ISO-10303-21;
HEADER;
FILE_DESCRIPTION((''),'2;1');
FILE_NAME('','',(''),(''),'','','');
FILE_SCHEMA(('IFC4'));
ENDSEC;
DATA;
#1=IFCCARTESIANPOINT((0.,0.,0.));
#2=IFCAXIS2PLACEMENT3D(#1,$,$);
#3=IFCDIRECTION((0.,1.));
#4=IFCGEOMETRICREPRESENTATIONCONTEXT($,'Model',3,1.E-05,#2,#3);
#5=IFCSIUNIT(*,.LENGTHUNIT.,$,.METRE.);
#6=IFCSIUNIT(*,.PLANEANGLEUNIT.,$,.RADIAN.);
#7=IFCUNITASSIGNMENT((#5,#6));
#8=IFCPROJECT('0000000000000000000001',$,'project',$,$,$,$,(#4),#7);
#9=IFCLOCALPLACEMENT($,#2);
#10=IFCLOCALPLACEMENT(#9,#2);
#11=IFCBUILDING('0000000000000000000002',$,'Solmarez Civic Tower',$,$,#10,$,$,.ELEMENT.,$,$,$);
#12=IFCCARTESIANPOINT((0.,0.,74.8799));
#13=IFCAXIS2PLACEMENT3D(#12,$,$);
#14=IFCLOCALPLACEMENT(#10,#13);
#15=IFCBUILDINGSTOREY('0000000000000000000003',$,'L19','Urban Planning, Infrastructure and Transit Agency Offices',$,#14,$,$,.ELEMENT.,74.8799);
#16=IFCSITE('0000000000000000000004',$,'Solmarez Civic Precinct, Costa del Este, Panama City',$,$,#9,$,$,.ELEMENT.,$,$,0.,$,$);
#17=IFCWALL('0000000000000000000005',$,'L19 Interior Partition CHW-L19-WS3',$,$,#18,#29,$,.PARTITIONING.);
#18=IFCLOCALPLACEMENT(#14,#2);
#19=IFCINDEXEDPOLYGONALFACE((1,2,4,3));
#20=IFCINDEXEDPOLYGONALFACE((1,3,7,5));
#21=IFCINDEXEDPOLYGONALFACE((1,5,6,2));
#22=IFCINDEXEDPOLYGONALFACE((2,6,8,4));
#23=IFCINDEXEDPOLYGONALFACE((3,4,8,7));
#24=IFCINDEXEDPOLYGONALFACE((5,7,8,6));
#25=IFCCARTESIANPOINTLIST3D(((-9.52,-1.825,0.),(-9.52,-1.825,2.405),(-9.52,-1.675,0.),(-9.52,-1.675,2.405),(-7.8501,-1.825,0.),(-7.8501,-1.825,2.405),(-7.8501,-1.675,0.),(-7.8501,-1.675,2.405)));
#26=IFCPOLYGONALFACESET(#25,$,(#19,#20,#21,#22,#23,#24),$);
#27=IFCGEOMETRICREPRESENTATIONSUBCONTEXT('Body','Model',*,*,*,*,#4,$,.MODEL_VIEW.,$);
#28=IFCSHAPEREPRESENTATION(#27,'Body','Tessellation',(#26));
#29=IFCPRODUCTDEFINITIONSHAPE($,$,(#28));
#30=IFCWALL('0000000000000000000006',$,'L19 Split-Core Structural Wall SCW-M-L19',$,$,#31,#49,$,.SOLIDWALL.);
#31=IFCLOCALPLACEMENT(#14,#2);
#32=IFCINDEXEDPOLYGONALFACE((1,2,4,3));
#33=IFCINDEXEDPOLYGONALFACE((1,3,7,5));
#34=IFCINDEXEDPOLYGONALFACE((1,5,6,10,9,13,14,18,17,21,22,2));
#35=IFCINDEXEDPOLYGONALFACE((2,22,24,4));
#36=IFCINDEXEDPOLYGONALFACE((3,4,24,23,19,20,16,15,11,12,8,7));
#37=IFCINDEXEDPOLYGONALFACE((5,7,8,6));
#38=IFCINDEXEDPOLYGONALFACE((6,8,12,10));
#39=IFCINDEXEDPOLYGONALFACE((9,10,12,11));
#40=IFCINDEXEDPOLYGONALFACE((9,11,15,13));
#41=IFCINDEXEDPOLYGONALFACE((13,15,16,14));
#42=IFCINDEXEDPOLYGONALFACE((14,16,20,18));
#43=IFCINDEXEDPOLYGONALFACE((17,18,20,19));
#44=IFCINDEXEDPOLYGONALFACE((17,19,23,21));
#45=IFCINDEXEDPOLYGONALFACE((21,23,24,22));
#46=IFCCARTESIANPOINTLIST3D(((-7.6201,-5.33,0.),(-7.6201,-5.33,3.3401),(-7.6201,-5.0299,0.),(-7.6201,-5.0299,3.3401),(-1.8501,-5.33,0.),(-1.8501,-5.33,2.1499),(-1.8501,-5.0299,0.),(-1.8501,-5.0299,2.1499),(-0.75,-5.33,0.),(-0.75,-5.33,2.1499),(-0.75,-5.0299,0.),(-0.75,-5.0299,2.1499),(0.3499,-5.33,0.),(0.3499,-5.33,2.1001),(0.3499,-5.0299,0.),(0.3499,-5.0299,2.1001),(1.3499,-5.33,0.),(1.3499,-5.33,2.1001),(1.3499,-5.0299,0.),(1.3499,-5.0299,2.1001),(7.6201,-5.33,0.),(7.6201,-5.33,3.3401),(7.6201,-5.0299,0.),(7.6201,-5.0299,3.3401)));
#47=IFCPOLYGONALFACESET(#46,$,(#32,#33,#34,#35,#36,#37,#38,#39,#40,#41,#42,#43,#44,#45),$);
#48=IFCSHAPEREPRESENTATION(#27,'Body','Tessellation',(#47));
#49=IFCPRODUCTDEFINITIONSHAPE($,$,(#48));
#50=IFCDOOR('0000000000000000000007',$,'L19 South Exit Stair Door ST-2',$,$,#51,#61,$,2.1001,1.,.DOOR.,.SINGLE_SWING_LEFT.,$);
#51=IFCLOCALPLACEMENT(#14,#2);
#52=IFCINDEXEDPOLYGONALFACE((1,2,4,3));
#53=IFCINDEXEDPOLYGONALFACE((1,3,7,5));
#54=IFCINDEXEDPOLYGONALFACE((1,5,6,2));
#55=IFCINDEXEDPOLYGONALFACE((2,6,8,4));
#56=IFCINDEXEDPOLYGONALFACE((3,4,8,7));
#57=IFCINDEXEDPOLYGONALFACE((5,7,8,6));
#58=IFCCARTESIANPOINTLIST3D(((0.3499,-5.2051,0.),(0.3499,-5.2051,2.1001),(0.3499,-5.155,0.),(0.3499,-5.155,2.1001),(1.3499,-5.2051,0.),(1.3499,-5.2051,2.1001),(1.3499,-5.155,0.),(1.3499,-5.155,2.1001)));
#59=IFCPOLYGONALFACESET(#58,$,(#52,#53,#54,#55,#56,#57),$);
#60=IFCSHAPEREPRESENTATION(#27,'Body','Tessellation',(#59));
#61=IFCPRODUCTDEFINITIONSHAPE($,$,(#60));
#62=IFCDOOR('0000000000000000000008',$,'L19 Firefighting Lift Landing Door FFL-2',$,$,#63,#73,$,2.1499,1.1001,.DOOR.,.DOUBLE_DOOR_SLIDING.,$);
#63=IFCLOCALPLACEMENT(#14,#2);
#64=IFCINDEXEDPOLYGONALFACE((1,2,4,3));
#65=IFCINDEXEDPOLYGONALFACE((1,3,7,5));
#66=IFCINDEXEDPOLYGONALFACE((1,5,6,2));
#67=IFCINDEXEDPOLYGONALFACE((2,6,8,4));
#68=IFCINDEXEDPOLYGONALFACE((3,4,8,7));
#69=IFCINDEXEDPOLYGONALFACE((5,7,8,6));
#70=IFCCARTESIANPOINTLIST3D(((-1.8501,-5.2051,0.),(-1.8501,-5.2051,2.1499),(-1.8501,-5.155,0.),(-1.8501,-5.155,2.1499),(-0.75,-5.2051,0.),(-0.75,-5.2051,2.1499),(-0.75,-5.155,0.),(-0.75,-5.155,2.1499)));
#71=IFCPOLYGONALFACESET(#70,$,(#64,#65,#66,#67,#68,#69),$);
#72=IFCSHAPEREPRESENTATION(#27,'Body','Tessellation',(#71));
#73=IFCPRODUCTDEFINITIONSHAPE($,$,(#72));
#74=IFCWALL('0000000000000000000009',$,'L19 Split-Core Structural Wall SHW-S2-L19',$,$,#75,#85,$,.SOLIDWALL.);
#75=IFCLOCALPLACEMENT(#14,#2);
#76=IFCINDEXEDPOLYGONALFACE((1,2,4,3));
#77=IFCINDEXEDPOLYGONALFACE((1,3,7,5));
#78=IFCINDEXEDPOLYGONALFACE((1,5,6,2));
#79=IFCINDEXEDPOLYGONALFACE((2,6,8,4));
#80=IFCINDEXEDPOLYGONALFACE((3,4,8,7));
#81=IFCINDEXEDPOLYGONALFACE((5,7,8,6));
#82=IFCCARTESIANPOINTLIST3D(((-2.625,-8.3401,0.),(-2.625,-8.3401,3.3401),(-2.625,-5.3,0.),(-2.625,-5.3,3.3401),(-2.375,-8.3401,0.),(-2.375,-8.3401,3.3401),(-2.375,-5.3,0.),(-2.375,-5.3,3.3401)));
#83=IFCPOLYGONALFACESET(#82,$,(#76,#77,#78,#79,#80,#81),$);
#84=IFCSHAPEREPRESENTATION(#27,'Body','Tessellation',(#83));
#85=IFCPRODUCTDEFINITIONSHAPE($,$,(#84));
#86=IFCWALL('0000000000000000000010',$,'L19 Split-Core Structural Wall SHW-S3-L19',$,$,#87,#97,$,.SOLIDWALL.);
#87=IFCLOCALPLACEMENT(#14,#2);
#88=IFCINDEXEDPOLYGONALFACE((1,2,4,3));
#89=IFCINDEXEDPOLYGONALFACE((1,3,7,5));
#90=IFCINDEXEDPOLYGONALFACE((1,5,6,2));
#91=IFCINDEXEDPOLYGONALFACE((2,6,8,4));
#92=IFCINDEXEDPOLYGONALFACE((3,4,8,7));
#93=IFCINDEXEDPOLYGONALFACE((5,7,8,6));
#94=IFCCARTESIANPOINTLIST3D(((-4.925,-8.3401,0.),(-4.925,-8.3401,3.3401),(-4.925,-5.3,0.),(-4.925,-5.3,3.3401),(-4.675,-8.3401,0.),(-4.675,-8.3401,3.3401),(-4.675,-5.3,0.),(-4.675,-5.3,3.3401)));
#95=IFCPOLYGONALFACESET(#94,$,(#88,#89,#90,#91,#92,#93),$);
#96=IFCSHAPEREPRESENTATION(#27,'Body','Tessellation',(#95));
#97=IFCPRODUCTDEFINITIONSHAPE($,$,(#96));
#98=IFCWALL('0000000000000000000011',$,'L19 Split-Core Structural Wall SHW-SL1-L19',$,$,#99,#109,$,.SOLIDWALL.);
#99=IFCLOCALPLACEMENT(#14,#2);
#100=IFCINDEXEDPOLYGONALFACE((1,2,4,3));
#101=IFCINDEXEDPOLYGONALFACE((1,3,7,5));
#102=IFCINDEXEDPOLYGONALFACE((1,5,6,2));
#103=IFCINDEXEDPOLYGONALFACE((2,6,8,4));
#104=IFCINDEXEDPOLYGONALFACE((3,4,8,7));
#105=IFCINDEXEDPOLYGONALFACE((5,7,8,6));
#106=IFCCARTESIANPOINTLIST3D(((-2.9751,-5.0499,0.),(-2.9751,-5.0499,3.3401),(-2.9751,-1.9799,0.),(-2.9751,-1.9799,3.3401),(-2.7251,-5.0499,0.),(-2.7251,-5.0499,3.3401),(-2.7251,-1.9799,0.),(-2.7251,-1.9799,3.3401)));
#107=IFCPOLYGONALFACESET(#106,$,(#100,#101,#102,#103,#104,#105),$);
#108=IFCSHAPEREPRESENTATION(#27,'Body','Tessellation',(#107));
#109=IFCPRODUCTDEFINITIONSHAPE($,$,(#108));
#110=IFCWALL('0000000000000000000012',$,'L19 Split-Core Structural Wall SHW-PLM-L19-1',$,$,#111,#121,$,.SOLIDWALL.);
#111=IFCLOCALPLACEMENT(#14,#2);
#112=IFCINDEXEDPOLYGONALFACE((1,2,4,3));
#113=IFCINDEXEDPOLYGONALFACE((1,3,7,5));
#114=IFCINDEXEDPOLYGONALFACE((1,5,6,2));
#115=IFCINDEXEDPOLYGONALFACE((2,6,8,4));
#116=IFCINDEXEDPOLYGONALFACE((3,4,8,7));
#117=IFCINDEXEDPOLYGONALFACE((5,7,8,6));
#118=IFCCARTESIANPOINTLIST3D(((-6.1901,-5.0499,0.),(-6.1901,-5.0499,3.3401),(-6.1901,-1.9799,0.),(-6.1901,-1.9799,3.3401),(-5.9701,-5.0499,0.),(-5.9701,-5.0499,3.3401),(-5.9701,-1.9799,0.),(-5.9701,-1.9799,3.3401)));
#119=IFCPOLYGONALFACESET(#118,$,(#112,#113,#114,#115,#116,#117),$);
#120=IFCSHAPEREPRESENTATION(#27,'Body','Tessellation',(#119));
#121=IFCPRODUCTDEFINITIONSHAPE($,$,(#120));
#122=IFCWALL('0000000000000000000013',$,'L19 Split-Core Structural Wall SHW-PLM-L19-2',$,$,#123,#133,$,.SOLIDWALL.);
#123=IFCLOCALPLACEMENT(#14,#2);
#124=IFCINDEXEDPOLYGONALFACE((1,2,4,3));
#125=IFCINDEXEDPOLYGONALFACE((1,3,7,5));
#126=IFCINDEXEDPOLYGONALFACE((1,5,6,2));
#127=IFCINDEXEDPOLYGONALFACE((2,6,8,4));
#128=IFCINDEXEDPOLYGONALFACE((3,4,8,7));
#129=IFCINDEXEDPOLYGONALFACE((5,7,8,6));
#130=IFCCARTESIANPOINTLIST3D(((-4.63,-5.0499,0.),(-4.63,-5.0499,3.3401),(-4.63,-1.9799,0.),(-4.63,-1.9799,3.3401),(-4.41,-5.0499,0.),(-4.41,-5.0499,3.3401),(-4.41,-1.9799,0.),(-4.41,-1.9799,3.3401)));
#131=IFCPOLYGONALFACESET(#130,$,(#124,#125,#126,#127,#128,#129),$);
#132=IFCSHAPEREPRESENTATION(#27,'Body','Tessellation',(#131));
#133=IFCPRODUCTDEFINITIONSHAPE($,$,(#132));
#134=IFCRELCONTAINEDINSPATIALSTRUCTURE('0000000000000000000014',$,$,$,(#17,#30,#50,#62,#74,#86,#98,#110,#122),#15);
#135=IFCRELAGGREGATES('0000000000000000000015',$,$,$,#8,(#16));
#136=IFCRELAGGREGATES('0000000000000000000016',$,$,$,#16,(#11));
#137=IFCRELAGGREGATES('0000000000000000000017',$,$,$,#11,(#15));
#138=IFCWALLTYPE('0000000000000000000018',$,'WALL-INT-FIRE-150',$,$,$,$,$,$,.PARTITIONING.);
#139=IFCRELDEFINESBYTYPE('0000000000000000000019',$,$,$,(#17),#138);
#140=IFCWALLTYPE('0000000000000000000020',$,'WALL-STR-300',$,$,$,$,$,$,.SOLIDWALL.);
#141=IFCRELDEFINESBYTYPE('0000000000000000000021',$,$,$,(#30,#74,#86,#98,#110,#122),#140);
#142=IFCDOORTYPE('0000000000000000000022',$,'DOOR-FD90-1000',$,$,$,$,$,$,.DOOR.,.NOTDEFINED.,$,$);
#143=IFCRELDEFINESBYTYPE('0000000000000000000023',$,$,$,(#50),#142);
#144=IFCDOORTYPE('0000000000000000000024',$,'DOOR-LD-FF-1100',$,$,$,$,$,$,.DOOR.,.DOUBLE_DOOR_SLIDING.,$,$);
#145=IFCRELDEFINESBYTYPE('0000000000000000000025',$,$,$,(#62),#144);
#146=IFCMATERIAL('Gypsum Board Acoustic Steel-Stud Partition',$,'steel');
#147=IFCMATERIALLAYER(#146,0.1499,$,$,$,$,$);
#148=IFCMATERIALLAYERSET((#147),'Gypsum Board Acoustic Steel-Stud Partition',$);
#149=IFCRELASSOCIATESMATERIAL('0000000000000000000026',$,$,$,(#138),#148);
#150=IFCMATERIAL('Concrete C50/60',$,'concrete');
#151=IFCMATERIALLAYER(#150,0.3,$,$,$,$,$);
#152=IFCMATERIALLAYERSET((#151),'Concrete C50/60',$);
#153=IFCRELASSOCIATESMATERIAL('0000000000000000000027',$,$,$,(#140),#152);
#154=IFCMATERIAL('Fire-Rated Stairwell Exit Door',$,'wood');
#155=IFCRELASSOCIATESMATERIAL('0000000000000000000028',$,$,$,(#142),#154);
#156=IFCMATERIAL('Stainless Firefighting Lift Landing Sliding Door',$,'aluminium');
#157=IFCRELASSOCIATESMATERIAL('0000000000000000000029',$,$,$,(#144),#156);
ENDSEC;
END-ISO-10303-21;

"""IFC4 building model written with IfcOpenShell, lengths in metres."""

from ifc_helpers import new_model, si_unit, direction, frame, frame_2d, origin, place, context, subcontext, project, spatial, rectangle, extrude, material, layer, layer_set, type_object, element, fill, save


model = new_model("IFC4")

# Units and contexts
model_context = context("Model", 3, precision=1e-05, world=origin(), true_north=direction((0.0, 1.0)))
body_context = subcontext(model_context, "Body", "Model", "MODEL_VIEW")
ifc_project = project(units=[si_unit("LENGTHUNIT", "METRE"), si_unit("PLANEANGLEUNIT", "RADIAN")], contexts=[model_context])

# Site, building, storey
site_placement = place(None, origin())
site = spatial("IfcSite", under=ifc_project, at=site_placement, Name="Solmarez Civic Precinct, Costa del Este, Panama City", CompositionType="ELEMENT", RefElevation=0.0)
building_placement = place(site_placement, origin())
building = spatial("IfcBuilding", under=site, at=building_placement, Name="Solmarez Civic Tower", CompositionType="ELEMENT")
storey_placement = place(building_placement, frame((0.0, 0.0, 74.8799)))
storey = spatial("IfcBuildingStorey", under=building, at=storey_placement, Name="L19", Description="Urban Planning, Infrastructure and Transit Agency Offices", CompositionType="ELEMENT", Elevation=74.8799)

# Wall
ifc_material_1 = material(Name="Gypsum Board Acoustic Steel-Stud Partition", Category="steel")
ifc_layer_1 = layer(ifc_material_1, 0.1499)
ifc_layer_set_1 = layer_set([ifc_layer_1], Name="Gypsum Board Acoustic Steel-Stud Partition")
wall_type_1 = type_object("IfcWallType", Name="WALL-INT-FIRE-150", PredefinedType="PARTITIONING", material=ifc_layer_set_1)
wall_1_placement = place(storey_placement, frame((-7.8501, -1.75, 0.0), z_axis=(0.0, 0.0, 1.0), x_axis=(-1.0, 0.0, 0.0)))
element("IfcWall", 1, at=wall_1_placement, inside=storey, type_object=wall_type_1, Name="L19 Interior Partition CHW-L19-WS3", PredefinedType="PARTITIONING", context=body_context, shape_type="SweptSolid", body=[
    extrude(rectangle(XDim=1.6699, YDim=0.1499, at=frame_2d((0.835, 0.0))), origin(), (0.0, 0.0, 1.0), 2.405),
])

# Wall, openings, doors
ifc_material_2 = material(Name="Concrete C50/60", Category="concrete")
ifc_layer_2 = layer(ifc_material_2, 0.3)
ifc_layer_set_2 = layer_set([ifc_layer_2], Name="Concrete C50/60")
wall_type_2 = type_object("IfcWallType", Name="WALL-STR-300", PredefinedType="SOLIDWALL", material=ifc_layer_set_2)
wall_2_placement = place(storey_placement, frame((-7.6201, -5.1799, 0.0), z_axis=(0.0, 0.0, 1.0), x_axis=(1.0, 0.0, 0.0)))
wall_2 = element("IfcWall", 2, at=wall_2_placement, inside=storey, type_object=wall_type_2, Name="L19 Split-Core Structural Wall SCW-M-L19", PredefinedType="SOLIDWALL", context=body_context, shape_type="SweptSolid", body=[
    extrude(rectangle(XDim=15.2402, YDim=0.3, at=frame_2d((7.6201, 0.0))), origin(), (0.0, 0.0, 1.0), 3.3401),
])
opening_1_placement = place(wall_2_placement, frame((5.77, 0.0, 0.0)))
opening_1 = element("IfcOpeningElement", 3, at=opening_1_placement, cuts=wall_2, PredefinedType="OPENING", context=body_context, shape_type="SweptSolid", body=[
    extrude(rectangle(XDim=1.1001, YDim=2.1499, at=frame_2d((0.55, 1.075))), frame((0.0, 0.1599, 0.0), z_axis=(0.0, -1.0, 0.0), x_axis=(1.0, 0.0, 0.0)), (0.0, 0.0, 1.0), 0.3201),
])
opening_2_placement = place(wall_2_placement, frame((7.97, 0.0, 0.0)))
opening_2 = element("IfcOpeningElement", 4, at=opening_2_placement, cuts=wall_2, PredefinedType="OPENING", context=body_context, shape_type="SweptSolid", body=[
    extrude(rectangle(XDim=1.0, YDim=2.1001, at=frame_2d((0.5, 1.05))), frame((0.0, 0.1599, 0.0), z_axis=(0.0, -1.0, 0.0), x_axis=(1.0, 0.0, 0.0)), (0.0, 0.0, 1.0), 0.3201),
])
ifc_material_3 = material(Name="Fire-Rated Stairwell Exit Door", Category="wood")
door_type_1 = type_object("IfcDoorType", Name="DOOR-FD90-1000", OperationType="NOTDEFINED", PredefinedType="DOOR", material=ifc_material_3)
door_1_placement = place(opening_2_placement, origin())
door_1 = element("IfcDoor", 5, at=door_1_placement, inside=storey, type_object=door_type_1, Name="L19 South Exit Stair Door ST-2", OperationType="SINGLE_SWING_LEFT", OverallHeight=2.1001, OverallWidth=1.0, PredefinedType="DOOR", context=body_context, shape_type="SweptSolid", body=[
    extrude(rectangle(XDim=1.0, YDim=2.1001, at=frame_2d((0.5, 1.05))), frame((0.0, 0.0249, 0.0), z_axis=(0.0, -1.0, 0.0), x_axis=(1.0, 0.0, 0.0)), (0.0, 0.0, 1.0), 0.05),
])
fill(opening_2, door_1)
ifc_material_4 = material(Name="Stainless Firefighting Lift Landing Sliding Door", Category="aluminium")
door_type_2 = type_object("IfcDoorType", Name="DOOR-LD-FF-1100", OperationType="DOUBLE_DOOR_SLIDING", PredefinedType="DOOR", material=ifc_material_4)
door_2_placement = place(opening_1_placement, origin())
door_2 = element("IfcDoor", 6, at=door_2_placement, inside=storey, type_object=door_type_2, Name="L19 Firefighting Lift Landing Door FFL-2", OperationType="DOUBLE_DOOR_SLIDING", OverallHeight=2.1499, OverallWidth=1.1001, PredefinedType="DOOR", context=body_context, shape_type="SweptSolid", body=[
    extrude(rectangle(XDim=1.1001, YDim=2.1499, at=frame_2d((0.55, 1.075))), frame((0.0, 0.0249, 0.0), z_axis=(0.0, -1.0, 0.0), x_axis=(1.0, 0.0, 0.0)), (0.0, 0.0, 1.0), 0.05),
])
fill(opening_1, door_2)

# Walls
for number, where, z_axis, x_axis, name in (
    (7, (-2.5, -8.3401, 0.0), (0.0, 0.0, 1.0), (0.0, 1.0, 0.0), "L19 Split-Core Structural Wall SHW-S2-L19"),
    (8, (-4.8, -8.3401, 0.0), (0.0, 0.0, 1.0), (0.0, 1.0, 0.0), "L19 Split-Core Structural Wall SHW-S3-L19"),
):
    element("IfcWall", number, at=place(storey_placement, frame(where, z_axis=z_axis, x_axis=x_axis)), inside=storey, type_object=wall_type_2, Name=name, PredefinedType="SOLIDWALL", context=body_context, shape_type="SweptSolid", body=[
        extrude(rectangle(XDim=3.04, YDim=0.25, at=frame_2d((1.52, 0.0))), origin(), (0.0, 0.0, 1.0), 3.3401),
    ])
wall_3_placement = place(storey_placement, frame((-2.8501, -5.05, 0.0), z_axis=(0.0, 0.0, 1.0), x_axis=(0.0, 1.0, 0.0)))
element("IfcWall", 9, at=wall_3_placement, inside=storey, type_object=wall_type_2, Name="L19 Split-Core Structural Wall SHW-SL1-L19", PredefinedType="SOLIDWALL", context=body_context, shape_type="SweptSolid", body=[
    extrude(rectangle(XDim=3.0701, YDim=0.25, at=frame_2d((1.5352, 0.0))), origin(), (0.0, 0.0, 1.0), 3.3401),
])
for number, where, z_axis, x_axis, name in (
    (10, (-6.0801, -5.05, 0.0), (0.0, 0.0, 1.0), (0.0, 1.0, 0.0), "L19 Split-Core Structural Wall SHW-PLM-L19-1"),
    (11, (-4.52, -5.05, 0.0), (0.0, 0.0, 1.0), (0.0, 1.0, 0.0), "L19 Split-Core Structural Wall SHW-PLM-L19-2"),
):
    element("IfcWall", number, at=place(storey_placement, frame(where, z_axis=z_axis, x_axis=x_axis)), inside=storey, type_object=wall_type_2, Name=name, PredefinedType="SOLIDWALL", context=body_context, shape_type="SweptSolid", body=[
        extrude(rectangle(XDim=3.0701, YDim=0.22, at=frame_2d((1.5352, 0.0))), origin(), (0.0, 0.0, 1.0), 3.3401),
    ])

save(model, "model.ifc")
